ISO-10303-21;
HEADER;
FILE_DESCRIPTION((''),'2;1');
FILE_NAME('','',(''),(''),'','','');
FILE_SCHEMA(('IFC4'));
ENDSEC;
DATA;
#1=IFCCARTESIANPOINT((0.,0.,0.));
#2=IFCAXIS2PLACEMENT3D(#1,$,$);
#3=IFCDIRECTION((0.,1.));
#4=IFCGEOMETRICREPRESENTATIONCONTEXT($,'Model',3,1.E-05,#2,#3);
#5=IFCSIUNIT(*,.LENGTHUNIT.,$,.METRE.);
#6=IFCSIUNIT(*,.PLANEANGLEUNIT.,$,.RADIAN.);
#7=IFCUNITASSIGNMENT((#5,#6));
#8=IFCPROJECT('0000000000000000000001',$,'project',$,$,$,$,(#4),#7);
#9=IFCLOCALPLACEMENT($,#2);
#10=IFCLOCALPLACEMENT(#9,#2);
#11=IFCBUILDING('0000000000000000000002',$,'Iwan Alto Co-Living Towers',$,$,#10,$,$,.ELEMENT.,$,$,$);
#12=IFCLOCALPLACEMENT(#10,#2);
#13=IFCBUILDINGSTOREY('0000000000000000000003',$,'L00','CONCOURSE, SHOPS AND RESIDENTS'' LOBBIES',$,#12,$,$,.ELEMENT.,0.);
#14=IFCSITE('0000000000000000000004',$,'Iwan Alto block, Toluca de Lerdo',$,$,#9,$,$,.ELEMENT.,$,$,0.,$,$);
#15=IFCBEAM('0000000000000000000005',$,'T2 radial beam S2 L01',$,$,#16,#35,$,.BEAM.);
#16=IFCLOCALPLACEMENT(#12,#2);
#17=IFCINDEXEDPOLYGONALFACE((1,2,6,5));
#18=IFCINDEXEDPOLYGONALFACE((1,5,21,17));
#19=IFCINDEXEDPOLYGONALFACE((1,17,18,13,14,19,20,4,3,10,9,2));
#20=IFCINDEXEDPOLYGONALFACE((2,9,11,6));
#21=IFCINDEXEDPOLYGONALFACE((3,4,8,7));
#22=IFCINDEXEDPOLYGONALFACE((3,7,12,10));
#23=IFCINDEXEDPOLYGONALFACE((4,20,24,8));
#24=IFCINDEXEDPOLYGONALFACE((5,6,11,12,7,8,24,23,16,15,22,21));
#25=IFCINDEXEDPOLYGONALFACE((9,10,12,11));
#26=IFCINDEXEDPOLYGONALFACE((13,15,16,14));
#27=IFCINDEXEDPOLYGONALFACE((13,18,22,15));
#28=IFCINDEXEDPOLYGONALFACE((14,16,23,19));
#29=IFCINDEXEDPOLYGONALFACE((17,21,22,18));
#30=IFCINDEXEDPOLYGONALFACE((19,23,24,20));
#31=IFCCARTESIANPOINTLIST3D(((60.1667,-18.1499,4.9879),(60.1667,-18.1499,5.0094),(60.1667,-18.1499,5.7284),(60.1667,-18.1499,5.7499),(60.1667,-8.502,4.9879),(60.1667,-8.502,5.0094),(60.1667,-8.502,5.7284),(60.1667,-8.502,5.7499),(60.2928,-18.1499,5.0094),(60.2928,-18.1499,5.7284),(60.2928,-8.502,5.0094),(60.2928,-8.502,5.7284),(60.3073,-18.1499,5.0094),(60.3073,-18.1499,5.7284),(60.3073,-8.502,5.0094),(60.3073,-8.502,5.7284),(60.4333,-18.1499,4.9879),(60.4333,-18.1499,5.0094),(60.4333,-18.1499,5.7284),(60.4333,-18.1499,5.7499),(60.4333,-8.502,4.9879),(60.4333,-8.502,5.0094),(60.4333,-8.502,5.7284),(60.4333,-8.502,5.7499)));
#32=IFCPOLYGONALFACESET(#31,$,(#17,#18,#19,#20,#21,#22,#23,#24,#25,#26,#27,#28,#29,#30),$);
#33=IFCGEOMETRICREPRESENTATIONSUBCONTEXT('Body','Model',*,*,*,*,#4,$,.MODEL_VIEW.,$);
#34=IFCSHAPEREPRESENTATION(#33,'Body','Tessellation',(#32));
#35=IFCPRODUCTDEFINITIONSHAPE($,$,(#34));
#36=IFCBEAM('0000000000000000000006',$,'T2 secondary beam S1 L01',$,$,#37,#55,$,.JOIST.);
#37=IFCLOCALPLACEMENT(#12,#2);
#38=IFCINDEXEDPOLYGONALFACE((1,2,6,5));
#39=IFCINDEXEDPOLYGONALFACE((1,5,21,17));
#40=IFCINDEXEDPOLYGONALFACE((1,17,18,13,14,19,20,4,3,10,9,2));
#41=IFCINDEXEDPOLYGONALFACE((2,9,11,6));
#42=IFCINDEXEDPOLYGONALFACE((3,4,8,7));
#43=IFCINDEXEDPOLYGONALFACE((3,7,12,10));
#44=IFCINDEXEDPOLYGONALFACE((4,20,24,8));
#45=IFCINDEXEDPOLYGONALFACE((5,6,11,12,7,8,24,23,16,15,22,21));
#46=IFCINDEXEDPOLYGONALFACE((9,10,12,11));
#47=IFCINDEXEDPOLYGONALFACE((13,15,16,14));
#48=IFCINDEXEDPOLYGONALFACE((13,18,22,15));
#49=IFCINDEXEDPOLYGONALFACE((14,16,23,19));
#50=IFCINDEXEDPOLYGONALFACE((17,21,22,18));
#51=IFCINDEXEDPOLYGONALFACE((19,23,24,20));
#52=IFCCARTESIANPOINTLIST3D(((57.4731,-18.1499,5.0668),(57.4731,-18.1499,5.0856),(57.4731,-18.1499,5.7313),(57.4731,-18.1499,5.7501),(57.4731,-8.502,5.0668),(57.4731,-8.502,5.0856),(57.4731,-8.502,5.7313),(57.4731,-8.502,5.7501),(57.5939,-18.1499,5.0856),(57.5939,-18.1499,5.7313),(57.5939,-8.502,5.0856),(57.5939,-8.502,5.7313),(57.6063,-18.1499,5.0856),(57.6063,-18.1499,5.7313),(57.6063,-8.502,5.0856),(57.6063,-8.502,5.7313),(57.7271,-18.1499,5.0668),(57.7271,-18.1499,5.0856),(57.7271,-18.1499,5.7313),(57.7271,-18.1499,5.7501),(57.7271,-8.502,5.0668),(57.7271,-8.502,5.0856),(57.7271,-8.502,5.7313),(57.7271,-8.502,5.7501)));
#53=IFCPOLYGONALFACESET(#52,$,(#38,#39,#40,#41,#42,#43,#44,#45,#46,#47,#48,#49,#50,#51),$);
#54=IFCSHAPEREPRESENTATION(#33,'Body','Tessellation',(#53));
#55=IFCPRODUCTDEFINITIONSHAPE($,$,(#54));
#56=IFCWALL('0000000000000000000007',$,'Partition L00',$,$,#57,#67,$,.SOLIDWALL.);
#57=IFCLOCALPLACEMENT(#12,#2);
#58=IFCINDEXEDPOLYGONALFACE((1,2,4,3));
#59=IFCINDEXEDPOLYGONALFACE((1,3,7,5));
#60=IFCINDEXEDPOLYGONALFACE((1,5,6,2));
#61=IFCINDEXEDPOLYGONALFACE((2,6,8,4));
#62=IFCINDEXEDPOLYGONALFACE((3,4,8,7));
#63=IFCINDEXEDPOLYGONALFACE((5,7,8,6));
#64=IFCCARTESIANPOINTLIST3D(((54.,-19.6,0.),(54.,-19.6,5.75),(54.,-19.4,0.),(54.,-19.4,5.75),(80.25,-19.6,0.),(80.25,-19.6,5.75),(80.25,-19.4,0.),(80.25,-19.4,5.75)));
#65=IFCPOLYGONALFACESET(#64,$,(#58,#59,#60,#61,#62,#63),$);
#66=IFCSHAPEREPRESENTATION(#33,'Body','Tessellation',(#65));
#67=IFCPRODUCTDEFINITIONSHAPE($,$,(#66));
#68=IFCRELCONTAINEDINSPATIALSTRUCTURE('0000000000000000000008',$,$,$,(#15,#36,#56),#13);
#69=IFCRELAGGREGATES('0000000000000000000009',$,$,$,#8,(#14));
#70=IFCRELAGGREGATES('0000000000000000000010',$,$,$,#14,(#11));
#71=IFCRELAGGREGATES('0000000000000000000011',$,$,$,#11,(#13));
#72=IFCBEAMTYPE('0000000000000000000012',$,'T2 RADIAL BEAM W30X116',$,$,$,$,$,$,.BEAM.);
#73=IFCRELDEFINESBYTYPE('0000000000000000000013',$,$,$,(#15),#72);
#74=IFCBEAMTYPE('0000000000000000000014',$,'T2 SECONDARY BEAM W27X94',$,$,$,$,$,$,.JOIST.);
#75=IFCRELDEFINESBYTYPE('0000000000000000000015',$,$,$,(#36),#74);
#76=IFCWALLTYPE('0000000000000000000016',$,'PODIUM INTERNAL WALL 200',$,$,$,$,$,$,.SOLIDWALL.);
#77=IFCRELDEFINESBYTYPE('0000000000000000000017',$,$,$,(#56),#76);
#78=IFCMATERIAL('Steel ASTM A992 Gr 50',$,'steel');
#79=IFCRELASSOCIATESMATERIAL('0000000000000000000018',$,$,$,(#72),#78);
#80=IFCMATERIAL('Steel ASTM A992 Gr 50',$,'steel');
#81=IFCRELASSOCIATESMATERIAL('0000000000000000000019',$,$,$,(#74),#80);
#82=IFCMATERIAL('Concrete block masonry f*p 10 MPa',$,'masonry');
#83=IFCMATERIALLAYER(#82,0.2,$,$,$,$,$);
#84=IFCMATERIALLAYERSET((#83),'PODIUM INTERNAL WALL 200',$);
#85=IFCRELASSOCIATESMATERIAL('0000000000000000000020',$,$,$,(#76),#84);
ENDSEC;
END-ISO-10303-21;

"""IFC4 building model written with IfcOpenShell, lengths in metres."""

from ifc_helpers import new_model, si_unit, direction, frame, frame_2d, origin, origin_2d, place, context, subcontext, project, spatial, rectangle, i_section, extrude, material, layer, layer_set, material_profile, profile_set, type_object, element, save


model = new_model("IFC4")

# Units and contexts
model_context = context("Model", 3, precision=1e-05, world=origin(), true_north=direction((0.0, 1.0)))
body_context = subcontext(model_context, "Body", "Model", "MODEL_VIEW")
ifc_project = project(units=[si_unit("LENGTHUNIT", "METRE"), si_unit("PLANEANGLEUNIT", "RADIAN")], contexts=[model_context])

# Site, building, storey
site_placement = place(None, origin())
site = spatial("IfcSite", under=ifc_project, at=site_placement, Name="Iwan Alto block, Toluca de Lerdo", CompositionType="ELEMENT", RefElevation=0.0)
building_placement = place(site_placement, origin())
building = spatial("IfcBuilding", under=site, at=building_placement, Name="Iwan Alto Co-Living Towers", CompositionType="ELEMENT")
storey_placement = place(building_placement, origin())
storey = spatial("IfcBuildingStorey", under=building, at=storey_placement, Name="L00", Description="CONCOURSE, SHOPS AND RESIDENTS' LOBBIES", CompositionType="ELEMENT", Elevation=0.0)

# Beams
ifc_material_1 = material(Name="Steel ASTM A992 Gr 50", Category="steel")
ifc_material_profile_1 = material_profile(ifc_material_1, i_section(OverallWidth=0.2666, OverallDepth=0.762, WebThickness=0.0144, FlangeThickness=0.0215, at=origin_2d()), Name="W30X116")
ifc_profile_set_1 = profile_set([ifc_material_profile_1], Name="Steel ASTM A992 Gr 50")
beam_type_1 = type_object("IfcBeamType", Name="T2 RADIAL BEAM W30X116", PredefinedType="BEAM", material=ifc_profile_set_1)
beam_1_placement = place(storey_placement, frame((60.3, -18.1499, 5.3689), z_axis=(0.0, 1.0, 0.0), x_axis=(-1.0, 0.0, 0.0)))
element("IfcBeam", 1, at=beam_1_placement, inside=storey, type_object=beam_type_1, Name="T2 radial beam S2 L01", PredefinedType="BEAM", context=body_context, shape_type="SweptSolid", body=[
    extrude(i_section(OverallWidth=0.2666, OverallDepth=0.762, WebThickness=0.0144, FlangeThickness=0.0215, at=origin_2d()), origin(), (0.0, 0.0, 1.0), 9.6479),
])
ifc_material_2 = material(Name="Steel ASTM A992 Gr 50", Category="steel")
ifc_material_profile_2 = material_profile(ifc_material_2, i_section(OverallWidth=0.2539, OverallDepth=0.6833, WebThickness=0.0125, FlangeThickness=0.0188, at=origin_2d()), Name="W27X94")
ifc_profile_set_2 = profile_set([ifc_material_profile_2], Name="Steel ASTM A992 Gr 50")
beam_type_2 = type_object("IfcBeamType", Name="T2 SECONDARY BEAM W27X94", PredefinedType="JOIST", material=ifc_profile_set_2)
beam_2_placement = place(storey_placement, frame((57.6001, -18.1499, 5.4084), z_axis=(0.0, 1.0, 0.0), x_axis=(-1.0, 0.0, 0.0)))
element("IfcBeam", 2, at=beam_2_placement, inside=storey, type_object=beam_type_2, Name="T2 secondary beam S1 L01", PredefinedType="JOIST", context=body_context, shape_type="SweptSolid", body=[
    extrude(i_section(OverallWidth=0.2539, OverallDepth=0.6833, WebThickness=0.0125, FlangeThickness=0.0188, at=origin_2d()), origin(), (0.0, 0.0, 1.0), 9.6479),
])

# Wall
ifc_material_3 = material(Name="Concrete block masonry f*p 10 MPa", Category="masonry")
ifc_layer = layer(ifc_material_3, 0.2)
ifc_layer_set = layer_set([ifc_layer], Name="PODIUM INTERNAL WALL 200")
wall_type = type_object("IfcWallType", Name="PODIUM INTERNAL WALL 200", PredefinedType="SOLIDWALL", material=ifc_layer_set)
wall_placement = place(storey_placement, frame((54.0, -19.5, 0.0), z_axis=(0.0, 0.0, 1.0), x_axis=(1.0, 0.0, 0.0)))
element("IfcWall", 3, at=wall_placement, inside=storey, type_object=wall_type, Name="Partition L00", PredefinedType="SOLIDWALL", context=body_context, shape_type="SweptSolid", body=[
    extrude(rectangle(XDim=26.25, YDim=0.2, at=frame_2d((13.125, 0.0))), origin(), (0.0, 0.0, 1.0), 5.75),
])

save(model, "model.ifc")
